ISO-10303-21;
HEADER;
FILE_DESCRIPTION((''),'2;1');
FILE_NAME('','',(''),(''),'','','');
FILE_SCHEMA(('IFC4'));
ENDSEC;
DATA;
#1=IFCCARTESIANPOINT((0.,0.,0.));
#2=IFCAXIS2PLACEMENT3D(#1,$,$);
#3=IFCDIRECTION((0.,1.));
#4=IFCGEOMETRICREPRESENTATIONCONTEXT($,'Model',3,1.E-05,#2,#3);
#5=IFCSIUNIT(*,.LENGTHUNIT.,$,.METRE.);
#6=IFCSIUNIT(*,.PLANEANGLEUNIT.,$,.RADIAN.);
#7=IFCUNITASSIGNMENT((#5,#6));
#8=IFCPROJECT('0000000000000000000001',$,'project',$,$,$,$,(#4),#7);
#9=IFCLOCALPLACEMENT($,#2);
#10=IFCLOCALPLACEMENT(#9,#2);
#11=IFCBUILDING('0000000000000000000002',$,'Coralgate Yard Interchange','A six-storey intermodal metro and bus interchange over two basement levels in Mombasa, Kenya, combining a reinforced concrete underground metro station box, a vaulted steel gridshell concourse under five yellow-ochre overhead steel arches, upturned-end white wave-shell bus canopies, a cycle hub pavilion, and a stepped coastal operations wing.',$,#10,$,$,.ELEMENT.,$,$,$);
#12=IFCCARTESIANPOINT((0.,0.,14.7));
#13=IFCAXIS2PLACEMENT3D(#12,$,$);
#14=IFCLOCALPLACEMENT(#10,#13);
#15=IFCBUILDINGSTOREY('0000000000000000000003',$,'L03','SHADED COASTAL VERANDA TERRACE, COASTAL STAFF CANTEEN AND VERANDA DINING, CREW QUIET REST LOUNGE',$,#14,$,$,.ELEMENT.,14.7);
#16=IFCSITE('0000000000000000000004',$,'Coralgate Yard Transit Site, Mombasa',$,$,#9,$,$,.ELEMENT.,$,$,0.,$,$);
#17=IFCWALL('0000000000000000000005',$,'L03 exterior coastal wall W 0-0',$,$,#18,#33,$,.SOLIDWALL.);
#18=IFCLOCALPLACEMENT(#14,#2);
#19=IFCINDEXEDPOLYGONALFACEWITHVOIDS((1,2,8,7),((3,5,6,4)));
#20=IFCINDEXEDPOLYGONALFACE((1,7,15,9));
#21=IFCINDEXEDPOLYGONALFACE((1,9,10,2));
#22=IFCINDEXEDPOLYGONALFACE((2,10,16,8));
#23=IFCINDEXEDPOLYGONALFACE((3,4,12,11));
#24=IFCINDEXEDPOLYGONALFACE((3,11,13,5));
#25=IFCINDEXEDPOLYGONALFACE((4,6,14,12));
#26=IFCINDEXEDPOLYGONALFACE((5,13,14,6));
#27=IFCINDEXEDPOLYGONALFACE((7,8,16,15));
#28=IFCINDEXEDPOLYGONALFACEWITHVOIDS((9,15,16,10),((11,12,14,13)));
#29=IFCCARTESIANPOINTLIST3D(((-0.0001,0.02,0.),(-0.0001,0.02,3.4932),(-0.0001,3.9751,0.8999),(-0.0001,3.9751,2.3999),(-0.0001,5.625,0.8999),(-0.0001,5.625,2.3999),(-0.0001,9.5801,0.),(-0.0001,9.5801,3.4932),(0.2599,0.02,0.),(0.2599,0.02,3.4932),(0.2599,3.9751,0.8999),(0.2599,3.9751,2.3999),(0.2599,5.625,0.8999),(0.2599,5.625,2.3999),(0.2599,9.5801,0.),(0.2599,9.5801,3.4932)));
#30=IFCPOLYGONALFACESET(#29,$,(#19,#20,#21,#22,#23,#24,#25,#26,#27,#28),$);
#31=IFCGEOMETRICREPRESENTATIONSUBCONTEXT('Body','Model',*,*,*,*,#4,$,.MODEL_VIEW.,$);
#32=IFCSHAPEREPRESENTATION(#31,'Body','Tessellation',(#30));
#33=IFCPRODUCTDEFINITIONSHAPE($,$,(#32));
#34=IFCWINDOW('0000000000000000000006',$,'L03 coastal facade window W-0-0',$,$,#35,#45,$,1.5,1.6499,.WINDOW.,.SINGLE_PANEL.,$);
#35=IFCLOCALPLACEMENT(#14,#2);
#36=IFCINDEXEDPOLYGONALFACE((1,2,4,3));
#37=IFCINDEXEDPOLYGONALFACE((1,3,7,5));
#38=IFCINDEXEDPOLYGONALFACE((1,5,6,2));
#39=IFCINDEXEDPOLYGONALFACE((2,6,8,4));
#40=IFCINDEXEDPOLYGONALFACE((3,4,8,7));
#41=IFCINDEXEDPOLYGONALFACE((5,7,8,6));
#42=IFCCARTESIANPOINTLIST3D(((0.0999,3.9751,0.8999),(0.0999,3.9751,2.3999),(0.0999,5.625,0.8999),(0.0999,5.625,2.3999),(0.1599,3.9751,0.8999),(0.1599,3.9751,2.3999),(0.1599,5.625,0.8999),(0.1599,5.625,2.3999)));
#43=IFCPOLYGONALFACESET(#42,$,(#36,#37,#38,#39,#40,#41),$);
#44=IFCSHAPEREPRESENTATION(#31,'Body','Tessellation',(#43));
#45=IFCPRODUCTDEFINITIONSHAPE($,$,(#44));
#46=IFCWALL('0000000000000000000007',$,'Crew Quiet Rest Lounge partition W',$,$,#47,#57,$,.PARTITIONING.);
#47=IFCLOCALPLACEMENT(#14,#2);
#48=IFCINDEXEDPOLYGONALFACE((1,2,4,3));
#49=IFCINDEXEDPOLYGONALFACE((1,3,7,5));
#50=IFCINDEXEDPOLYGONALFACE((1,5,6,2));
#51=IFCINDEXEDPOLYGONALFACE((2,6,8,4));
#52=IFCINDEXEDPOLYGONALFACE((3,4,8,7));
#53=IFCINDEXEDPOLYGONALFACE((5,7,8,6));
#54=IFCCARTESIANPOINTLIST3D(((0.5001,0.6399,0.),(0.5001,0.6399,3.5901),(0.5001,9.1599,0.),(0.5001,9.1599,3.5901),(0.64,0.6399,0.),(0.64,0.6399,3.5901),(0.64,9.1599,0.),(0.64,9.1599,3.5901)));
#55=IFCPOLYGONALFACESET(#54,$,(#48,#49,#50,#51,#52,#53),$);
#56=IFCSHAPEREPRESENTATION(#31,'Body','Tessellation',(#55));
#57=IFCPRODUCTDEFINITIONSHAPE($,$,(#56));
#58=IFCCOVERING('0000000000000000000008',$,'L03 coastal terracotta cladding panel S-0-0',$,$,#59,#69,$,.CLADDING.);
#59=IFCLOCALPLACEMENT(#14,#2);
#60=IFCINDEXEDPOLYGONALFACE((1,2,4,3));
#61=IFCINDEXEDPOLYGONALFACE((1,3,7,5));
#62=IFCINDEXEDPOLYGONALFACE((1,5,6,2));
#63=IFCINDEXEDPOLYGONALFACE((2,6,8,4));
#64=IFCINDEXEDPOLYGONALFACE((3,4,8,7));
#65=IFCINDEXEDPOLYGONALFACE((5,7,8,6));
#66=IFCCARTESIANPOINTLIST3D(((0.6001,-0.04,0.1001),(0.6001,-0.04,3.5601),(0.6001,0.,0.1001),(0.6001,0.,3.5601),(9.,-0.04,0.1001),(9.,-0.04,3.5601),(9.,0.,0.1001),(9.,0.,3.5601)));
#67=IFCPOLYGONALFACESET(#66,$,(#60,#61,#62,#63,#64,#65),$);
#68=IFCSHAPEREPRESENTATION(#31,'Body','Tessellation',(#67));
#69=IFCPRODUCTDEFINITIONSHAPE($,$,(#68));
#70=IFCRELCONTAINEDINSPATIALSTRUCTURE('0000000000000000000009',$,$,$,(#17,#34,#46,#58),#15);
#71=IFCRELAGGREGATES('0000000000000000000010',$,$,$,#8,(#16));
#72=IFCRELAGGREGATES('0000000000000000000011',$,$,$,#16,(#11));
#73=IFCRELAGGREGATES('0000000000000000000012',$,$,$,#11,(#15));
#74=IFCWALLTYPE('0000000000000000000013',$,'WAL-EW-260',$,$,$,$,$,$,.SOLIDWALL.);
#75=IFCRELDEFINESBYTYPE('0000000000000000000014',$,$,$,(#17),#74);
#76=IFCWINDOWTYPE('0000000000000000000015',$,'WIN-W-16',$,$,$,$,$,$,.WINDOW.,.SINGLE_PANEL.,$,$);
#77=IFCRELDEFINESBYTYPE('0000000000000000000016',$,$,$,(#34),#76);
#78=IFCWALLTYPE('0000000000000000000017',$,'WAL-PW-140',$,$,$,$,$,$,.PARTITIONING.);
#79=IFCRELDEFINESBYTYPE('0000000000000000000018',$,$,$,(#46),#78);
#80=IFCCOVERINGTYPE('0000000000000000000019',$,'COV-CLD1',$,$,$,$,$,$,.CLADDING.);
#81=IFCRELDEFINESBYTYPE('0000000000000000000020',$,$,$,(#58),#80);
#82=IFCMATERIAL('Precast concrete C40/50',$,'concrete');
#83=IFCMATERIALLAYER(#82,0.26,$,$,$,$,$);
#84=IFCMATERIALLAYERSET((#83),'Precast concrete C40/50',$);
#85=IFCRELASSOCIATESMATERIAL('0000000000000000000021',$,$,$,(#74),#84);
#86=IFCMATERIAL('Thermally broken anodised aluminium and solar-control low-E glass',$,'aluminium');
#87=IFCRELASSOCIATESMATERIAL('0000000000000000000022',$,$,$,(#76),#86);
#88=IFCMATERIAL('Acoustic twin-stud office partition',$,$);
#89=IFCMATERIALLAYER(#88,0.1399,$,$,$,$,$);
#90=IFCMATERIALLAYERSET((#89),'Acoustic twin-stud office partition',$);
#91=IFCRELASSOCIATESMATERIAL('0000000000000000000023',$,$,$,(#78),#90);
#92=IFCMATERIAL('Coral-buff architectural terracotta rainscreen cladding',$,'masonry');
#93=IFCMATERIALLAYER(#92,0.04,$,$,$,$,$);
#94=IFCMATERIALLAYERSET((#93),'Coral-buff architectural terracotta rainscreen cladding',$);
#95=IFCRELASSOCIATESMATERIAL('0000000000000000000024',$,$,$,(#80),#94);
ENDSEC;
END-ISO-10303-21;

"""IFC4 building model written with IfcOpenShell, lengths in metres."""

from ifc_helpers import new_model, si_unit, direction, frame, frame_2d, origin, origin_2d, place, context, subcontext, project, spatial, rectangle, extrude, material, layer, layer_set, type_object, element, fill, save


model = new_model("IFC4")

# Units and contexts
model_context = context("Model", 3, precision=1e-05, world=origin(), true_north=direction((0.0, 1.0)))
body_context = subcontext(model_context, "Body", "Model", "MODEL_VIEW")
ifc_project = project(units=[si_unit("LENGTHUNIT", "METRE"), si_unit("PLANEANGLEUNIT", "RADIAN")], contexts=[model_context])

# Site, building, storey
site_placement = place(None, origin())
site = spatial("IfcSite", under=ifc_project, at=site_placement, Name="Coralgate Yard Transit Site, Mombasa", CompositionType="ELEMENT", RefElevation=0.0)
building_placement = place(site_placement, origin())
building = spatial("IfcBuilding", under=site, at=building_placement, Name="Coralgate Yard Interchange", Description="A six-storey intermodal metro and bus interchange over two basement levels in Mombasa, Kenya, combining a reinforced concrete underground metro station box, a vaulted steel gridshell concourse under five yellow-ochre overhead steel arches, upturned-end white wave-shell bus canopies, a cycle hub pavilion, and a stepped coastal operations wing.", CompositionType="ELEMENT")
storey_placement = place(building_placement, frame((0.0, 0.0, 14.7)))
storey = spatial("IfcBuildingStorey", under=building, at=storey_placement, Name="L03", Description="SHADED COASTAL VERANDA TERRACE, COASTAL STAFF CANTEEN AND VERANDA DINING, CREW QUIET REST LOUNGE", CompositionType="ELEMENT", Elevation=14.7)

# Shared definitions
ifc_material_1 = material(Name="Precast concrete C40/50", Category="concrete")
ifc_layer_1 = layer(ifc_material_1, 0.26)
ifc_layer_set_1 = layer_set([ifc_layer_1], Name="Precast concrete C40/50")
wall_type_1 = type_object("IfcWallType", Name="WAL-EW-260", PredefinedType="SOLIDWALL", material=ifc_layer_set_1)

# Wall, opening, window
wall_1_placement = place(storey_placement, frame((0.1299, 0.02, 0.0), z_axis=(0.0, 0.0, 1.0), x_axis=(0.0, 1.0, 0.0)))
wall_1 = element("IfcWall", 1, at=wall_1_placement, inside=storey, type_object=wall_type_1, Name="L03 exterior coastal wall W 0-0", PredefinedType="SOLIDWALL", context=body_context, shape_type="SweptSolid", body=[
    extrude(rectangle(XDim=9.5601, YDim=0.26, at=frame_2d((4.78, 0.0))), origin(), (0.0, 0.0, 1.0), 3.4932),
])
opening_placement = place(wall_1_placement, frame((3.9551, 0.0, 0.8999)))
opening = element("IfcOpeningElement", 2, at=opening_placement, cuts=wall_1, PredefinedType="OPENING", context=body_context, shape_type="SweptSolid", body=[
    extrude(rectangle(XDim=1.6499, YDim=1.5, at=frame_2d((0.825, 0.75))), frame((0.0, 0.1399, 0.0), z_axis=(0.0, -1.0, 0.0), x_axis=(1.0, 0.0, 0.0)), (0.0, 0.0, 1.0), 0.28),
])
ifc_material_2 = material(Name="Thermally broken anodised aluminium and solar-control low-E glass", Category="aluminium")
window_type = type_object("IfcWindowType", Name="WIN-W-16", PartitioningType="SINGLE_PANEL", PredefinedType="WINDOW", material=ifc_material_2)
window_placement = place(opening_placement, origin())
window = element("IfcWindow", 3, at=window_placement, inside=storey, type_object=window_type, Name="L03 coastal facade window W-0-0", OverallHeight=1.5, OverallWidth=1.6499, PartitioningType="SINGLE_PANEL", PredefinedType="WINDOW", context=body_context, shape_type="SweptSolid", body=[
    extrude(rectangle(XDim=1.6499, YDim=1.5, at=frame_2d((0.825, 0.75))), frame((0.0, 0.03, 0.0), z_axis=(0.0, -1.0, 0.0), x_axis=(1.0, 0.0, 0.0)), (0.0, 0.0, 1.0), 0.0601),
])
fill(opening, window)

# Wall
ifc_material_3 = material(Name="Acoustic twin-stud office partition")
ifc_layer_2 = layer(ifc_material_3, 0.1399)
ifc_layer_set_2 = layer_set([ifc_layer_2], Name="Acoustic twin-stud office partition")
wall_type_2 = type_object("IfcWallType", Name="WAL-PW-140", PredefinedType="PARTITIONING", material=ifc_layer_set_2)
wall_2_placement = place(storey_placement, frame((0.5701, 0.6399, 0.0), z_axis=(0.0, 0.0, 1.0), x_axis=(0.0, 1.0, 0.0)))
element("IfcWall", 4, at=wall_2_placement, inside=storey, type_object=wall_type_2, Name="Crew Quiet Rest Lounge partition W", PredefinedType="PARTITIONING", context=body_context, shape_type="SweptSolid", body=[
    extrude(rectangle(XDim=8.52, YDim=0.1399, at=frame_2d((4.26, 0.0))), origin(), (0.0, 0.0, 1.0), 3.5901),
])

# Covering
ifc_material_4 = material(Name="Coral-buff architectural terracotta rainscreen cladding", Category="masonry")
ifc_layer_3 = layer(ifc_material_4, 0.04)
ifc_layer_set_3 = layer_set([ifc_layer_3], Name="Coral-buff architectural terracotta rainscreen cladding")
covering_type = type_object("IfcCoveringType", Name="COV-CLD1", PredefinedType="CLADDING", material=ifc_layer_set_3)
covering_placement = place(storey_placement, frame((4.8, -0.02, 0.1001), z_axis=(0.0, 0.0, 1.0), x_axis=(-1.0, 0.0, 0.0)))
element("IfcCovering", 5, at=covering_placement, inside=storey, type_object=covering_type, Name="L03 coastal terracotta cladding panel S-0-0", PredefinedType="CLADDING", context=body_context, shape_type="SweptSolid", body=[
    extrude(rectangle(XDim=8.3999, YDim=0.04, at=origin_2d()), origin(), (0.0, 0.0, 1.0), 3.46),
])

save(model, "model.ifc")
